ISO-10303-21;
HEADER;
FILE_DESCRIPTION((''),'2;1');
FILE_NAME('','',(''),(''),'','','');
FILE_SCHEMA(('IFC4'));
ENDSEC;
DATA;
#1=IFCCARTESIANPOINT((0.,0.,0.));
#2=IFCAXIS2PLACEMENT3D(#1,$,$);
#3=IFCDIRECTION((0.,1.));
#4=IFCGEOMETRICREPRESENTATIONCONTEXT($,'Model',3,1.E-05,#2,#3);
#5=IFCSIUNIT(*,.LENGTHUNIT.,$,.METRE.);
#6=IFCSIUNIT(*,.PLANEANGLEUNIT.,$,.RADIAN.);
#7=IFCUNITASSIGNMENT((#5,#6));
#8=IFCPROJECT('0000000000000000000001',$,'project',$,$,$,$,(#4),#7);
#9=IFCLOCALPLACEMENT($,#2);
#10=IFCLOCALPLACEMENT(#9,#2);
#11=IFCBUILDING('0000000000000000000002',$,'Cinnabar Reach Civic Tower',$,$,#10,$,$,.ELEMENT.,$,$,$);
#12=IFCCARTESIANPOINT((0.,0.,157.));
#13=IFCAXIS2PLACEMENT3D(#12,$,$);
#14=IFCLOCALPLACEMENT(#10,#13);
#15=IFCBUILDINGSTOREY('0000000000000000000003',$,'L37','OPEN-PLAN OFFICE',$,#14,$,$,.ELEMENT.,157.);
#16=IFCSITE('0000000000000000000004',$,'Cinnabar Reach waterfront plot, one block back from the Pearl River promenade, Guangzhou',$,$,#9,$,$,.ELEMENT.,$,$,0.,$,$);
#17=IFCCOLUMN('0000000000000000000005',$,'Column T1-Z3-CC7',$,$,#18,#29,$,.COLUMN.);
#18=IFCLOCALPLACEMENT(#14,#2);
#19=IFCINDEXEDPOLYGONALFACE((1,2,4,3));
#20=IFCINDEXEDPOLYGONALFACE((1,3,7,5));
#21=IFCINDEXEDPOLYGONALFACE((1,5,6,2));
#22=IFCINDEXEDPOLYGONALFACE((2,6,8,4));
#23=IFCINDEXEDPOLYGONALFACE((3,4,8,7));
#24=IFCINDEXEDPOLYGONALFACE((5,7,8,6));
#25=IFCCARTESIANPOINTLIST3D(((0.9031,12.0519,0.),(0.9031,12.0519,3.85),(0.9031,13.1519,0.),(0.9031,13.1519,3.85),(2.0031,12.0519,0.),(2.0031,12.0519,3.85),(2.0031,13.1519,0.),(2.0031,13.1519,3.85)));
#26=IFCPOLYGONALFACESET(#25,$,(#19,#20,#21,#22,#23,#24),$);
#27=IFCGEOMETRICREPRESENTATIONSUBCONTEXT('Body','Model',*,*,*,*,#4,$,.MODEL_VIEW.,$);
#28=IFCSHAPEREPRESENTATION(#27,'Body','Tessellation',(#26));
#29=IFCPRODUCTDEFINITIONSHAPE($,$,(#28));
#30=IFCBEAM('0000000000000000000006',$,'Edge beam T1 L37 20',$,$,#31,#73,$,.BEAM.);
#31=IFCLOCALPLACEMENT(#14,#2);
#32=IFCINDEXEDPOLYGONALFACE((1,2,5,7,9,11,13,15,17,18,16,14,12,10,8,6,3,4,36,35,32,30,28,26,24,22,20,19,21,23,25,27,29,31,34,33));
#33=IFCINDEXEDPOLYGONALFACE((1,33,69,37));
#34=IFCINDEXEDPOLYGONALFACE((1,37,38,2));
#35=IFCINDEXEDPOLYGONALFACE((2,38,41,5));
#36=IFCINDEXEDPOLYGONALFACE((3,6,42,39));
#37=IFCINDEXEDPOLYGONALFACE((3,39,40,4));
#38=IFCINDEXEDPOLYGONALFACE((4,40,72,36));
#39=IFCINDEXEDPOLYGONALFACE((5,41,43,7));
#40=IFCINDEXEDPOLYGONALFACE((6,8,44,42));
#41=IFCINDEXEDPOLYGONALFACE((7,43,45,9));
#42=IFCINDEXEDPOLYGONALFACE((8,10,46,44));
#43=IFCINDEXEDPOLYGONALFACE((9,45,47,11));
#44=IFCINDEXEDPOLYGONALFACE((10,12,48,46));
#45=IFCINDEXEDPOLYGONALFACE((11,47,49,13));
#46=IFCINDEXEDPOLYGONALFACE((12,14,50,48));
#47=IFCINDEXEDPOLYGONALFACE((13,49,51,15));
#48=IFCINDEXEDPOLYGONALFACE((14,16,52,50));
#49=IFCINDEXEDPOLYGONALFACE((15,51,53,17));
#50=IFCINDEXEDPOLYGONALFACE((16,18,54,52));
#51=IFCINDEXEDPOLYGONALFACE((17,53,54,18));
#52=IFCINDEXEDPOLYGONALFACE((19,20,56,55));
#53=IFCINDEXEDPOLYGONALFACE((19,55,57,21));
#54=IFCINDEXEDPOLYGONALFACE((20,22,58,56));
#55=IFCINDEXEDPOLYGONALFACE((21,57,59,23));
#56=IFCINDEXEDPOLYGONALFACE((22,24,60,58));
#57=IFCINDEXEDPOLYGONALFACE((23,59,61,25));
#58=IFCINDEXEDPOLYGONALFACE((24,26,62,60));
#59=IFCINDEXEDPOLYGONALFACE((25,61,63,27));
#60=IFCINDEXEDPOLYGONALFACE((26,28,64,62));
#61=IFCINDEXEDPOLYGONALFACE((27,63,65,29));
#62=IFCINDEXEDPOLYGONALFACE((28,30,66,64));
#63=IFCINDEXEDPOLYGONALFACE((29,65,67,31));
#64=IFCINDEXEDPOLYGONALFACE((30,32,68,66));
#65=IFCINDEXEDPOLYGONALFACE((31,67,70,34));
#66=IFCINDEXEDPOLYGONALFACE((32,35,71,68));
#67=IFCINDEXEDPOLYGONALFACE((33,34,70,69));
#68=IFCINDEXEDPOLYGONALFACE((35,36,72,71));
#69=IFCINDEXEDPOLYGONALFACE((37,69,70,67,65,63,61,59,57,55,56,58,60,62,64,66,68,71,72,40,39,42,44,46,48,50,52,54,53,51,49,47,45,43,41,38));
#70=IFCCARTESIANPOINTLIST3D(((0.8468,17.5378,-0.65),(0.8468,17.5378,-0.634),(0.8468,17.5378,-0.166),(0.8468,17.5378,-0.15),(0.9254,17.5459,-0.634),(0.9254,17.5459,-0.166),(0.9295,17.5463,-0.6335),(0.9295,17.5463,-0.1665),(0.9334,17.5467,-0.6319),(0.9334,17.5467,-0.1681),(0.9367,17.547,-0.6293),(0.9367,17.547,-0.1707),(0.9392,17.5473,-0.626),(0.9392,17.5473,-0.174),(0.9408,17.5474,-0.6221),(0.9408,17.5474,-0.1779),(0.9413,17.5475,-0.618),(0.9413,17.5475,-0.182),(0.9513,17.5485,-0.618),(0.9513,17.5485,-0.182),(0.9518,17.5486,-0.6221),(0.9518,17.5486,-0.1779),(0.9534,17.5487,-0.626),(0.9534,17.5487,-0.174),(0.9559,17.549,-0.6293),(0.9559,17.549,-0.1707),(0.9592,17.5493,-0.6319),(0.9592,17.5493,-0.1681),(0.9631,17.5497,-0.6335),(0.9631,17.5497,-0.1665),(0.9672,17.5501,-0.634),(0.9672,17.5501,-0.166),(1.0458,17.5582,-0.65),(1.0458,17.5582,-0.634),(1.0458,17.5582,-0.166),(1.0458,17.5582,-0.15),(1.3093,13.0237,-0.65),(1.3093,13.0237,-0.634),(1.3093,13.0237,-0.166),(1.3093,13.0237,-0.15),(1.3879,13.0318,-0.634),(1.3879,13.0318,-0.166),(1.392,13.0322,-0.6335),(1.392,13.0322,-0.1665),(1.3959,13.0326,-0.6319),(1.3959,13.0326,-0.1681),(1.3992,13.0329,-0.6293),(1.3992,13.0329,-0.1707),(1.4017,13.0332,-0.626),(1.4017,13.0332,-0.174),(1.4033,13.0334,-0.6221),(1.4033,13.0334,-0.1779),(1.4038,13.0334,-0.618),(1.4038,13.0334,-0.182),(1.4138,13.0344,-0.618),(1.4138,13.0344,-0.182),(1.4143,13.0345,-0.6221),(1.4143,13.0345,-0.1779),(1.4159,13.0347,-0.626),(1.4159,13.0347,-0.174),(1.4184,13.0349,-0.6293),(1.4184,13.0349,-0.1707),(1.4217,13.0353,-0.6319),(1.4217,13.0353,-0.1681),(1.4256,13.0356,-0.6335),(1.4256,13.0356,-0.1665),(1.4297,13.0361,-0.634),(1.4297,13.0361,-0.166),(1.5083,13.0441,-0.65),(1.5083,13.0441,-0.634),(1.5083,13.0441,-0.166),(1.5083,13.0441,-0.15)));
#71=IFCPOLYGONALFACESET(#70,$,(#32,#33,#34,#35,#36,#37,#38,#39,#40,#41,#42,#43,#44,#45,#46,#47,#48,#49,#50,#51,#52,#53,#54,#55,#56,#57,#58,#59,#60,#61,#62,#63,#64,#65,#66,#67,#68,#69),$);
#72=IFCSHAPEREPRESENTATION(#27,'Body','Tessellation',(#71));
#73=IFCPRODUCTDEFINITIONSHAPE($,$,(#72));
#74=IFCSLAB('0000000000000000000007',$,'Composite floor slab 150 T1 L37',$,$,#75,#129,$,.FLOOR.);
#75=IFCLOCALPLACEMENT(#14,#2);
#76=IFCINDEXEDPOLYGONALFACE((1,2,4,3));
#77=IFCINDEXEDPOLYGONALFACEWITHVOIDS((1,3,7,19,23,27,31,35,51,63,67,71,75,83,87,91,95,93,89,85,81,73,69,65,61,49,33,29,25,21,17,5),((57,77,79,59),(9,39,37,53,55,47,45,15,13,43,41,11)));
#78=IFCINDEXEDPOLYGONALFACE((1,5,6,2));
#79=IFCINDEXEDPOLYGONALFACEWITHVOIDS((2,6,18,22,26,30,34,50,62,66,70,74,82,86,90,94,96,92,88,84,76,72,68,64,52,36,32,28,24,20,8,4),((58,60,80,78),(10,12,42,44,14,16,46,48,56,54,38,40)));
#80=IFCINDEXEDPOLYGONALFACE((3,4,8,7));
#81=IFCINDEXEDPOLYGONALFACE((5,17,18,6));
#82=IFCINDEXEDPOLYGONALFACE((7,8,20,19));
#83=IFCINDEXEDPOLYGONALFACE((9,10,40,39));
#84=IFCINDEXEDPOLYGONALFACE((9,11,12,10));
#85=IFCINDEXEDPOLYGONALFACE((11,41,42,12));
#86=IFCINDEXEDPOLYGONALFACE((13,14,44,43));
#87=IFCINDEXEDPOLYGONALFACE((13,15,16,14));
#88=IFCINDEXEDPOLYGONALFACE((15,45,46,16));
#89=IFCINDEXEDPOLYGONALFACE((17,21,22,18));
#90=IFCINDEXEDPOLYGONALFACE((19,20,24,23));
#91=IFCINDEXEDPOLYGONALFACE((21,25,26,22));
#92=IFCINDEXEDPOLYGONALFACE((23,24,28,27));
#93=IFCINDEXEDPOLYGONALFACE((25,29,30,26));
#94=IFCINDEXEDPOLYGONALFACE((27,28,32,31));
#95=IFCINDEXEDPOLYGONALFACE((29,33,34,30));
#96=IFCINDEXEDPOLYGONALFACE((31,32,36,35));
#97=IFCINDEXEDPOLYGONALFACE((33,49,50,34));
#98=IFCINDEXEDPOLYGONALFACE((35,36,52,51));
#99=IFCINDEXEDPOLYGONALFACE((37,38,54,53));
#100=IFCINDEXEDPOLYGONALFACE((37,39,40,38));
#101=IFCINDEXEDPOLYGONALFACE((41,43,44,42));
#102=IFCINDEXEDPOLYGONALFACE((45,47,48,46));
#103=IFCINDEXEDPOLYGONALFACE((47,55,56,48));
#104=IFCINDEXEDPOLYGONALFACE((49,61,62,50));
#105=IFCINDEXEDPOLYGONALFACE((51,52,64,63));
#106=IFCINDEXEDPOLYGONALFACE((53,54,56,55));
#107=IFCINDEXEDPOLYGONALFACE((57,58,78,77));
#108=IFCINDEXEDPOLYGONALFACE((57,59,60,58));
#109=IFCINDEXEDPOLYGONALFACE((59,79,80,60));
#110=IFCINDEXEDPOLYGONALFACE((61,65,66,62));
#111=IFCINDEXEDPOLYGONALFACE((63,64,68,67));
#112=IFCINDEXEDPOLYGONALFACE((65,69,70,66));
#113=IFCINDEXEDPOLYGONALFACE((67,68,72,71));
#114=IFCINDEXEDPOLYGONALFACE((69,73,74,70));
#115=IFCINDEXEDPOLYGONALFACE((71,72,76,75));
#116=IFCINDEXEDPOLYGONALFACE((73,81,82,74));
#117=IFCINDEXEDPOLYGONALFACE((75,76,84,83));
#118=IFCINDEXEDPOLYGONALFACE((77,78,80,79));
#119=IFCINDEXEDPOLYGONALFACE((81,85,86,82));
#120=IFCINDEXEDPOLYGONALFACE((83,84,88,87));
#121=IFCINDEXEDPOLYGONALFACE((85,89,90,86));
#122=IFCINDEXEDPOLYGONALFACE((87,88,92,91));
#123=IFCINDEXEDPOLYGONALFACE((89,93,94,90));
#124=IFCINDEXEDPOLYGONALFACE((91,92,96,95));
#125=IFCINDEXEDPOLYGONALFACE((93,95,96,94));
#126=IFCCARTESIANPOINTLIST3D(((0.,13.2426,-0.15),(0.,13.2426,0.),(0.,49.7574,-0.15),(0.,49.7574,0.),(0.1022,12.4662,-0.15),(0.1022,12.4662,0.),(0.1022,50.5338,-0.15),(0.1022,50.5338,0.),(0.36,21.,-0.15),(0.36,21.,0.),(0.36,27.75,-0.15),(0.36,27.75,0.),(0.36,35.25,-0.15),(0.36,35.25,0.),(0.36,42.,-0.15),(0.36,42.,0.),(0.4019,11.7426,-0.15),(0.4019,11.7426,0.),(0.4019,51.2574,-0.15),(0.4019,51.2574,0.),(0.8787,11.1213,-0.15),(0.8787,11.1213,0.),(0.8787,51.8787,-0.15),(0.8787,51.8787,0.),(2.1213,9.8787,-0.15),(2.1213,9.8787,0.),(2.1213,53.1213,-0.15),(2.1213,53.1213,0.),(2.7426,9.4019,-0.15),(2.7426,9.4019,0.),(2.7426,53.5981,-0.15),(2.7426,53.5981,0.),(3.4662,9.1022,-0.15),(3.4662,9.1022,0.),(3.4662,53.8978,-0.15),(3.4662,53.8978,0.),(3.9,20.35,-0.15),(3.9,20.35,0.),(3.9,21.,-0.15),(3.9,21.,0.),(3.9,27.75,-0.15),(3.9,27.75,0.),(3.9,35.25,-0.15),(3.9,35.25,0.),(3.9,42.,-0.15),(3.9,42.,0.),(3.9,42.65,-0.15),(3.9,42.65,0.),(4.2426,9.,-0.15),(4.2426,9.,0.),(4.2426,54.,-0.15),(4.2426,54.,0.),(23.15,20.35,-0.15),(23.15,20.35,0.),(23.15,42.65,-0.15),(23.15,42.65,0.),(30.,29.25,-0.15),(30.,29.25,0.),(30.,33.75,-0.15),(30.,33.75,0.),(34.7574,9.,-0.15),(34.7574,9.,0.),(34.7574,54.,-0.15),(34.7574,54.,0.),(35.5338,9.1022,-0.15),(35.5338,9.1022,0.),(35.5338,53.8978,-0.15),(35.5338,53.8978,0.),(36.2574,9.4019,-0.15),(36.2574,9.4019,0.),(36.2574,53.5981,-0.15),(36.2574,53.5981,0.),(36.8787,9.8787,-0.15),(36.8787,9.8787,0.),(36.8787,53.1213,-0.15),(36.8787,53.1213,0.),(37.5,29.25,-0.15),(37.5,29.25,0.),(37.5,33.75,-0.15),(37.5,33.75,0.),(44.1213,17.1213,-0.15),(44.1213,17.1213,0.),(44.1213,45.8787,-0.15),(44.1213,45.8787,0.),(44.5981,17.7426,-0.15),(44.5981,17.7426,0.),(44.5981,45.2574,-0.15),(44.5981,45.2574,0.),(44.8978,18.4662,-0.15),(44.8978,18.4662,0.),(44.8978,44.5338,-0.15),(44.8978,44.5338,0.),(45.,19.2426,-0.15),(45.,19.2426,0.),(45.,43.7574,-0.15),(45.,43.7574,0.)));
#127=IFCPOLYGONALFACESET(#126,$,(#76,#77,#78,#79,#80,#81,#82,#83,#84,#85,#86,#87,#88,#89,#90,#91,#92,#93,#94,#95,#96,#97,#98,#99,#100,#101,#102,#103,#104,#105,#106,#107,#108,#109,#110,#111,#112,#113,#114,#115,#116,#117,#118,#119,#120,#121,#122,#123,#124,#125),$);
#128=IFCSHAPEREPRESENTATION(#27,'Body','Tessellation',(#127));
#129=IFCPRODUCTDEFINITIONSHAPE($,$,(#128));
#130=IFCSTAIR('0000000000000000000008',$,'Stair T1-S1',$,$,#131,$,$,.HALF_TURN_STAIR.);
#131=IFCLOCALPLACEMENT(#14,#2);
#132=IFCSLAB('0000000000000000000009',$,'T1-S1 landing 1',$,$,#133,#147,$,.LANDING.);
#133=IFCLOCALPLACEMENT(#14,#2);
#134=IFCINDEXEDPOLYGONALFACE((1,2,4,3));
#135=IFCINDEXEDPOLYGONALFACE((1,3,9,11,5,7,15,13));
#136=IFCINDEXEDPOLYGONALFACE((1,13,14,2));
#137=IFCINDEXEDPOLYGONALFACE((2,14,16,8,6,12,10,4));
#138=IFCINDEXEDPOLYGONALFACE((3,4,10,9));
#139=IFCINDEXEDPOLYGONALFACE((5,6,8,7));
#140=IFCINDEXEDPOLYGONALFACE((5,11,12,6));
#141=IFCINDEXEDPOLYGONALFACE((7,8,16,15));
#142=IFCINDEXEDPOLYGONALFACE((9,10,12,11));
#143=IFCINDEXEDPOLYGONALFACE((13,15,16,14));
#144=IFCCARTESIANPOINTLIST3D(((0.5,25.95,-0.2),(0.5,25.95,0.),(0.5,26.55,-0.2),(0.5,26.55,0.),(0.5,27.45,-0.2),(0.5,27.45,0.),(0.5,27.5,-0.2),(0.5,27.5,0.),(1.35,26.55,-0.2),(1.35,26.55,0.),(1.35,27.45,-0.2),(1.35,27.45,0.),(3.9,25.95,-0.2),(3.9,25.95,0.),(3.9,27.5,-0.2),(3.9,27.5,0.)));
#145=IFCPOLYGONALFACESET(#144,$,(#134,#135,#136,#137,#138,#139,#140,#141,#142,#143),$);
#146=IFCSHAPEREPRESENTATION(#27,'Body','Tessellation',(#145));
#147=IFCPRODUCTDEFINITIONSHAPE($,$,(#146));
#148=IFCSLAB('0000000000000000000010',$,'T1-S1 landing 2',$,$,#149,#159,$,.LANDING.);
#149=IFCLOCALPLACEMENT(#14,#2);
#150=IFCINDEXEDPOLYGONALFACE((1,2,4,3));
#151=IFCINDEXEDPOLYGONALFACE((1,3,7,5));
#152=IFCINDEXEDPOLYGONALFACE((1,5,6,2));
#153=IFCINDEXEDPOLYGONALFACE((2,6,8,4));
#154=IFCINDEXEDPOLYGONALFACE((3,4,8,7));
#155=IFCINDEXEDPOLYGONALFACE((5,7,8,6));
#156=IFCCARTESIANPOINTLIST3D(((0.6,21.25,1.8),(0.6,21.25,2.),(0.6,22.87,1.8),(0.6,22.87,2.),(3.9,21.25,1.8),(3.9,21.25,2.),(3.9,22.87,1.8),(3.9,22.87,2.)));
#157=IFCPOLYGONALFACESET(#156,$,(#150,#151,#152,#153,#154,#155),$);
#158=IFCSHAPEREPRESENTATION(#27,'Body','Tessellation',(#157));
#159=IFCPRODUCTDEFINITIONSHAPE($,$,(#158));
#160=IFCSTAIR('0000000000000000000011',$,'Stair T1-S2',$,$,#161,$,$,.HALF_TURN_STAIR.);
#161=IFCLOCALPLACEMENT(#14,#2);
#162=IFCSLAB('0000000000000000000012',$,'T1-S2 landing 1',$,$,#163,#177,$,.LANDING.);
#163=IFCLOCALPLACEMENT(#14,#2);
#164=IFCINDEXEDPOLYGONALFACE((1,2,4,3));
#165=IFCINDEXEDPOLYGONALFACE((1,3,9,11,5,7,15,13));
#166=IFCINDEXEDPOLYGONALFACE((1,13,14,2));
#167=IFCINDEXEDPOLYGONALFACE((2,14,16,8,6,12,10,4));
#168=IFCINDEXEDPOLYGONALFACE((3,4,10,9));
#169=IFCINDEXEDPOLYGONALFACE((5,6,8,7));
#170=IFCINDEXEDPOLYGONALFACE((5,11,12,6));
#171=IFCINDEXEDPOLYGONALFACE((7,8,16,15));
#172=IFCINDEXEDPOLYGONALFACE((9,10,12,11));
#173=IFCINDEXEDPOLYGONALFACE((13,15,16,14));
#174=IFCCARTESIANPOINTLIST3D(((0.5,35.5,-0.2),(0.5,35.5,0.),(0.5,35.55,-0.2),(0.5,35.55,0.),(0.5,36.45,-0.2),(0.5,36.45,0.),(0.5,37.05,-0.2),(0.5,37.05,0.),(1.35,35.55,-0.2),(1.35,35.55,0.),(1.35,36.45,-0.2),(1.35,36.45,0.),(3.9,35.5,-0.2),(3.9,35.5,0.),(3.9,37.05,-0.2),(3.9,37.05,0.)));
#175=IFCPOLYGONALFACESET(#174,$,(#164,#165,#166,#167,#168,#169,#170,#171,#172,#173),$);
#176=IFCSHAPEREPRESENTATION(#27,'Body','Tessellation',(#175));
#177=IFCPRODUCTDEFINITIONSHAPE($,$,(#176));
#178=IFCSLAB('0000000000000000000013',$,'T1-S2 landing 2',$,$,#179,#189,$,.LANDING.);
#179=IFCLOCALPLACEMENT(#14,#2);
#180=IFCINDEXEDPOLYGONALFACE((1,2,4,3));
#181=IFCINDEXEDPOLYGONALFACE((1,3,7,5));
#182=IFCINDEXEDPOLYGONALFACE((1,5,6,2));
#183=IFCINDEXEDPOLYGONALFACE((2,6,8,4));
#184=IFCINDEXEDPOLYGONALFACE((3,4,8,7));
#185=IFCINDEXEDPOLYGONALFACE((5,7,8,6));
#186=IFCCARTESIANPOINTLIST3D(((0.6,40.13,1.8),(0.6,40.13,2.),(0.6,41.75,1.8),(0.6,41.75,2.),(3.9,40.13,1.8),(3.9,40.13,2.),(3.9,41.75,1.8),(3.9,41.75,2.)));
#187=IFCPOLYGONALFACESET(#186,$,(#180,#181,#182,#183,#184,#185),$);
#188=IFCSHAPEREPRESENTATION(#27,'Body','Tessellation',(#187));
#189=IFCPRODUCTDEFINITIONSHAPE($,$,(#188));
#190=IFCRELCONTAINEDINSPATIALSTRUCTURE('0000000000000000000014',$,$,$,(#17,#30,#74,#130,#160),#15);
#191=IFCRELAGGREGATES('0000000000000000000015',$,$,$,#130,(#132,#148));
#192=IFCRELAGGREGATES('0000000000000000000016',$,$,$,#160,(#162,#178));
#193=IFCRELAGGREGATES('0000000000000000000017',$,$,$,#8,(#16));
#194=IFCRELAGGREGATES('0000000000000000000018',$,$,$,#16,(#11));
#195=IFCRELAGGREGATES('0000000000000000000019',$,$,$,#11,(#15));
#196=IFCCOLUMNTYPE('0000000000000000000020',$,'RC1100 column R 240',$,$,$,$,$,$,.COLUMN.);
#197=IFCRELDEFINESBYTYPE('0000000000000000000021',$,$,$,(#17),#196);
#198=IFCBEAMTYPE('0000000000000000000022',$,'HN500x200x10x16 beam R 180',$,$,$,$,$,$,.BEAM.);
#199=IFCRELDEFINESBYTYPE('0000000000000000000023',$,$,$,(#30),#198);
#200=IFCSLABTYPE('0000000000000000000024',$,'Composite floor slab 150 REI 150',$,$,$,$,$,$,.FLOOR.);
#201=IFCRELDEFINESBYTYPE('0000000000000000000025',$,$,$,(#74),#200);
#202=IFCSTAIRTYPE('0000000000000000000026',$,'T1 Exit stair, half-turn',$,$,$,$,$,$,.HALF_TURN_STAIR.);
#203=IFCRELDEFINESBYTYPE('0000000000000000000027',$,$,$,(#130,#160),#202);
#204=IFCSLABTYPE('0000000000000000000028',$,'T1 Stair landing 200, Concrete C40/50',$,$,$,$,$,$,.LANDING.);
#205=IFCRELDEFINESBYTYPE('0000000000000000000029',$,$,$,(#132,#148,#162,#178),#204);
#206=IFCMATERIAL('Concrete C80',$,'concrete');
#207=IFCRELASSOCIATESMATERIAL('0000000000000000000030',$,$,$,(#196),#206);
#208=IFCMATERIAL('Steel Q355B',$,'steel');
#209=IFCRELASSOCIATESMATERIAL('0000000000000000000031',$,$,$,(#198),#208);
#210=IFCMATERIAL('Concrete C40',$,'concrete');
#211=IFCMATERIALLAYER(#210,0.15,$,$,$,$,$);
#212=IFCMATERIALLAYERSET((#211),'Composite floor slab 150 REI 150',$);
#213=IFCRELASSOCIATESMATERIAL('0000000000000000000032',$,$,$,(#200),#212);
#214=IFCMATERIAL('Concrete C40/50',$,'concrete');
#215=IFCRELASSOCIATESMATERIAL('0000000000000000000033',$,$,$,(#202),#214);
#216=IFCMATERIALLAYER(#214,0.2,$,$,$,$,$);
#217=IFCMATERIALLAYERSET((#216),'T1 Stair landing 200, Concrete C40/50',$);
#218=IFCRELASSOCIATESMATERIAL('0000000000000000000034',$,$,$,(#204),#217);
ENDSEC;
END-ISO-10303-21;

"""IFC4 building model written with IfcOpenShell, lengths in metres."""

from ifc_helpers import new_model, si_unit, direction, frame, origin, origin_2d, place, context, subcontext, project, spatial, polyline, rectangle, i_section, outline, extrude, material, layer, layer_set, material_profile, profile_set, type_object, element, aggregate, save


model = new_model("IFC4")

# Units and contexts
model_context = context("Model", 3, precision=1e-05, world=origin(), true_north=direction((0.0, 1.0)))
body_context = subcontext(model_context, "Body", "Model", "MODEL_VIEW")
ifc_project = project(units=[si_unit("LENGTHUNIT", "METRE"), si_unit("PLANEANGLEUNIT", "RADIAN")], contexts=[model_context])

# Site, building, storey
site_placement = place(None, origin())
site = spatial("IfcSite", under=ifc_project, at=site_placement, Name="Cinnabar Reach waterfront plot, one block back from the Pearl River promenade, Guangzhou", CompositionType="ELEMENT", RefElevation=0.0)
building_placement = place(site_placement, origin())
building = spatial("IfcBuilding", under=site, at=building_placement, Name="Cinnabar Reach Civic Tower", CompositionType="ELEMENT")
storey_placement = place(building_placement, frame((0.0, 0.0, 157.0)))
storey = spatial("IfcBuildingStorey", under=building, at=storey_placement, Name="L37", Description="OPEN-PLAN OFFICE", CompositionType="ELEMENT", Elevation=157.0)

# Column
ifc_material_1 = material(Name="Concrete C80", Category="concrete")
ifc_material_profile_1 = material_profile(ifc_material_1, rectangle(XDim=1.1, YDim=1.1, at=origin_2d()), Name="RC1100")
ifc_profile_set_1 = profile_set([ifc_material_profile_1], Name="Concrete C80")
column_type = type_object("IfcColumnType", Name="RC1100 column R 240", PredefinedType="COLUMN", material=ifc_profile_set_1)
column_placement = place(storey_placement, frame((1.4531, 12.6019, 0.0), z_axis=(0.0, 0.0, 1.0), x_axis=(1.0, 0.0, 0.0)))
element("IfcColumn", 1, at=column_placement, inside=storey, type_object=column_type, Name="Column T1-Z3-CC7", PredefinedType="COLUMN", context=body_context, shape_type="SweptSolid", body=[
    extrude(rectangle(XDim=1.1, YDim=1.1, at=origin_2d()), origin(), (0.0, 0.0, 1.0), 3.85),
])

# Beam
ifc_material_2 = material(Name="Steel Q355B", Category="steel")
ifc_material_profile_2 = material_profile(ifc_material_2, i_section(OverallWidth=0.2, OverallDepth=0.5, WebThickness=0.01, FlangeThickness=0.016, FilletRadius=0.016, at=origin_2d()), Name="HN500x200x10x16")
ifc_profile_set_2 = profile_set([ifc_material_profile_2], Name="Steel Q355B")
beam_type = type_object("IfcBeamType", Name="HN500x200x10x16 beam R 180", PredefinedType="BEAM", material=ifc_profile_set_2)
beam_placement = place(storey_placement, frame((0.9463, 17.548, -0.4), z_axis=(0.101923, -0.994792, 0.0), x_axis=(0.994792, 0.101923, 0.0)))
element("IfcBeam", 2, at=beam_placement, inside=storey, type_object=beam_type, Name="Edge beam T1 L37 20", PredefinedType="BEAM", context=body_context, shape_type="SweptSolid", body=[
    extrude(i_section(OverallWidth=0.2, OverallDepth=0.5, WebThickness=0.01, FlangeThickness=0.016, FilletRadius=0.016, at=origin_2d()), origin(), (0.0, 0.0, 1.0), 4.5377),
])

# Slab
ifc_material_3 = material(Name="Concrete C40", Category="concrete")
ifc_layer_1 = layer(ifc_material_3, 0.15)
ifc_layer_set_1 = layer_set([ifc_layer_1], Name="Composite floor slab 150 REI 150")
slab_type_1 = type_object("IfcSlabType", Name="Composite floor slab 150 REI 150", PredefinedType="FLOOR", material=ifc_layer_set_1)
slab_1_placement = place(storey_placement, frame((0.0, 0.0, -0.15)))
element("IfcSlab", 3, at=slab_1_placement, inside=storey, type_object=slab_type_1, Name="Composite floor slab 150 T1 L37", PredefinedType="FLOOR", context=body_context, shape_type="SweptSolid", body=[
    extrude(outline(polyline([(0.8787, 11.1213), (0.4019, 11.7426), (0.1022, 12.4662), (0.0, 13.2426), (0.0, 49.7574), (0.1022, 50.5338), (0.4019, 51.2574), (0.8787, 51.8787), (2.1213, 53.1213), (2.7426, 53.5981), (3.4662, 53.8978), (4.2426, 54.0), (34.7574, 54.0), (35.5338, 53.8978), (36.2574, 53.5981), (36.8787, 53.1213), (44.1213, 45.8787), (44.5981, 45.2574), (44.8978, 44.5338), (45.0, 43.7574), (45.0, 19.2426), (44.8978, 18.4662), (44.5981, 17.7426), (44.1213, 17.1213), (36.8787, 9.8787), (36.2574, 9.4019), (35.5338, 9.1022), (34.7574, 9.0), (4.2426, 9.0), (3.4662, 9.1022), (2.7426, 9.4019), (2.1213, 9.8787), (0.8787, 11.1213)]), holes=[polyline([(0.36, 21.0), (3.9, 21.0), (3.9, 20.35), (23.15, 20.35), (23.15, 42.65), (3.9, 42.65), (3.9, 42.0), (0.36, 42.0), (0.36, 35.25), (3.9, 35.25), (3.9, 27.75), (0.36, 27.75), (0.36, 21.0)]), polyline([(30.0, 33.75), (30.0, 29.25), (37.5, 29.25), (37.5, 33.75), (30.0, 33.75)])]), origin(), (0.0, 0.0, 1.0), 0.15),
])

# Stairs, slabs
ifc_material_4 = material(Name="Concrete C40/50", Category="concrete")
stair_type = type_object("IfcStairType", Name="T1 Exit stair, half-turn", PredefinedType="HALF_TURN_STAIR", material=ifc_material_4)
stair_1_placement = place(storey_placement, origin())
stair_1 = element("IfcStair", 4, at=stair_1_placement, inside=storey, type_object=stair_type, Name="Stair T1-S1", PredefinedType="HALF_TURN_STAIR")
ifc_layer_2 = layer(ifc_material_4, 0.2)
ifc_layer_set_2 = layer_set([ifc_layer_2], Name="T1 Stair landing 200, Concrete C40/50")
slab_type_2 = type_object("IfcSlabType", Name="T1 Stair landing 200, Concrete C40/50", PredefinedType="LANDING", material=ifc_layer_set_2)
slab_2_placement = place(storey_placement, frame((0.0, 0.0, -0.2)))
slab_2 = element("IfcSlab", 5, at=slab_2_placement, type_object=slab_type_2, Name="T1-S1 landing 1", PredefinedType="LANDING", context=body_context, shape_type="SweptSolid", body=[
    extrude(outline(polyline([(0.5, 27.5), (3.9, 27.5), (3.9, 25.95), (0.5, 25.95), (0.5, 26.55), (1.35, 26.55), (1.35, 27.45), (0.5, 27.45), (0.5, 27.5)])), origin(), (0.0, 0.0, 1.0), 0.2),
])
slab_3_placement = place(storey_placement, frame((0.0, 0.0, 1.8)))
slab_3 = element("IfcSlab", 6, at=slab_3_placement, type_object=slab_type_2, Name="T1-S1 landing 2", PredefinedType="LANDING", context=body_context, shape_type="SweptSolid", body=[
    extrude(outline(polyline([(0.6, 21.25), (0.6, 22.87), (3.9, 22.87), (3.9, 21.25), (0.6, 21.25)])), origin(), (0.0, 0.0, 1.0), 0.2),
])
aggregate(stair_1, [slab_2, slab_3])
stair_2_placement = place(storey_placement, origin())
stair_2 = element("IfcStair", 7, at=stair_2_placement, inside=storey, type_object=stair_type, Name="Stair T1-S2", PredefinedType="HALF_TURN_STAIR")
slab_4_placement = place(storey_placement, frame((0.0, 0.0, -0.2)))
slab_4 = element("IfcSlab", 8, at=slab_4_placement, type_object=slab_type_2, Name="T1-S2 landing 1", PredefinedType="LANDING", context=body_context, shape_type="SweptSolid", body=[
    extrude(outline(polyline([(0.5, 37.05), (3.9, 37.05), (3.9, 35.5), (0.5, 35.5), (0.5, 35.55), (1.35, 35.55), (1.35, 36.45), (0.5, 36.45), (0.5, 37.05)])), origin(), (0.0, 0.0, 1.0), 0.2),
])
slab_5_placement = place(storey_placement, frame((0.0, 0.0, 1.8)))
slab_5 = element("IfcSlab", 9, at=slab_5_placement, type_object=slab_type_2, Name="T1-S2 landing 2", PredefinedType="LANDING", context=body_context, shape_type="SweptSolid", body=[
    extrude(outline(polyline([(0.6, 40.13), (0.6, 41.75), (3.9, 41.75), (3.9, 40.13), (0.6, 40.13)])), origin(), (0.0, 0.0, 1.0), 0.2),
])
aggregate(stair_2, [slab_4, slab_5])

save(model, "model.ifc")
